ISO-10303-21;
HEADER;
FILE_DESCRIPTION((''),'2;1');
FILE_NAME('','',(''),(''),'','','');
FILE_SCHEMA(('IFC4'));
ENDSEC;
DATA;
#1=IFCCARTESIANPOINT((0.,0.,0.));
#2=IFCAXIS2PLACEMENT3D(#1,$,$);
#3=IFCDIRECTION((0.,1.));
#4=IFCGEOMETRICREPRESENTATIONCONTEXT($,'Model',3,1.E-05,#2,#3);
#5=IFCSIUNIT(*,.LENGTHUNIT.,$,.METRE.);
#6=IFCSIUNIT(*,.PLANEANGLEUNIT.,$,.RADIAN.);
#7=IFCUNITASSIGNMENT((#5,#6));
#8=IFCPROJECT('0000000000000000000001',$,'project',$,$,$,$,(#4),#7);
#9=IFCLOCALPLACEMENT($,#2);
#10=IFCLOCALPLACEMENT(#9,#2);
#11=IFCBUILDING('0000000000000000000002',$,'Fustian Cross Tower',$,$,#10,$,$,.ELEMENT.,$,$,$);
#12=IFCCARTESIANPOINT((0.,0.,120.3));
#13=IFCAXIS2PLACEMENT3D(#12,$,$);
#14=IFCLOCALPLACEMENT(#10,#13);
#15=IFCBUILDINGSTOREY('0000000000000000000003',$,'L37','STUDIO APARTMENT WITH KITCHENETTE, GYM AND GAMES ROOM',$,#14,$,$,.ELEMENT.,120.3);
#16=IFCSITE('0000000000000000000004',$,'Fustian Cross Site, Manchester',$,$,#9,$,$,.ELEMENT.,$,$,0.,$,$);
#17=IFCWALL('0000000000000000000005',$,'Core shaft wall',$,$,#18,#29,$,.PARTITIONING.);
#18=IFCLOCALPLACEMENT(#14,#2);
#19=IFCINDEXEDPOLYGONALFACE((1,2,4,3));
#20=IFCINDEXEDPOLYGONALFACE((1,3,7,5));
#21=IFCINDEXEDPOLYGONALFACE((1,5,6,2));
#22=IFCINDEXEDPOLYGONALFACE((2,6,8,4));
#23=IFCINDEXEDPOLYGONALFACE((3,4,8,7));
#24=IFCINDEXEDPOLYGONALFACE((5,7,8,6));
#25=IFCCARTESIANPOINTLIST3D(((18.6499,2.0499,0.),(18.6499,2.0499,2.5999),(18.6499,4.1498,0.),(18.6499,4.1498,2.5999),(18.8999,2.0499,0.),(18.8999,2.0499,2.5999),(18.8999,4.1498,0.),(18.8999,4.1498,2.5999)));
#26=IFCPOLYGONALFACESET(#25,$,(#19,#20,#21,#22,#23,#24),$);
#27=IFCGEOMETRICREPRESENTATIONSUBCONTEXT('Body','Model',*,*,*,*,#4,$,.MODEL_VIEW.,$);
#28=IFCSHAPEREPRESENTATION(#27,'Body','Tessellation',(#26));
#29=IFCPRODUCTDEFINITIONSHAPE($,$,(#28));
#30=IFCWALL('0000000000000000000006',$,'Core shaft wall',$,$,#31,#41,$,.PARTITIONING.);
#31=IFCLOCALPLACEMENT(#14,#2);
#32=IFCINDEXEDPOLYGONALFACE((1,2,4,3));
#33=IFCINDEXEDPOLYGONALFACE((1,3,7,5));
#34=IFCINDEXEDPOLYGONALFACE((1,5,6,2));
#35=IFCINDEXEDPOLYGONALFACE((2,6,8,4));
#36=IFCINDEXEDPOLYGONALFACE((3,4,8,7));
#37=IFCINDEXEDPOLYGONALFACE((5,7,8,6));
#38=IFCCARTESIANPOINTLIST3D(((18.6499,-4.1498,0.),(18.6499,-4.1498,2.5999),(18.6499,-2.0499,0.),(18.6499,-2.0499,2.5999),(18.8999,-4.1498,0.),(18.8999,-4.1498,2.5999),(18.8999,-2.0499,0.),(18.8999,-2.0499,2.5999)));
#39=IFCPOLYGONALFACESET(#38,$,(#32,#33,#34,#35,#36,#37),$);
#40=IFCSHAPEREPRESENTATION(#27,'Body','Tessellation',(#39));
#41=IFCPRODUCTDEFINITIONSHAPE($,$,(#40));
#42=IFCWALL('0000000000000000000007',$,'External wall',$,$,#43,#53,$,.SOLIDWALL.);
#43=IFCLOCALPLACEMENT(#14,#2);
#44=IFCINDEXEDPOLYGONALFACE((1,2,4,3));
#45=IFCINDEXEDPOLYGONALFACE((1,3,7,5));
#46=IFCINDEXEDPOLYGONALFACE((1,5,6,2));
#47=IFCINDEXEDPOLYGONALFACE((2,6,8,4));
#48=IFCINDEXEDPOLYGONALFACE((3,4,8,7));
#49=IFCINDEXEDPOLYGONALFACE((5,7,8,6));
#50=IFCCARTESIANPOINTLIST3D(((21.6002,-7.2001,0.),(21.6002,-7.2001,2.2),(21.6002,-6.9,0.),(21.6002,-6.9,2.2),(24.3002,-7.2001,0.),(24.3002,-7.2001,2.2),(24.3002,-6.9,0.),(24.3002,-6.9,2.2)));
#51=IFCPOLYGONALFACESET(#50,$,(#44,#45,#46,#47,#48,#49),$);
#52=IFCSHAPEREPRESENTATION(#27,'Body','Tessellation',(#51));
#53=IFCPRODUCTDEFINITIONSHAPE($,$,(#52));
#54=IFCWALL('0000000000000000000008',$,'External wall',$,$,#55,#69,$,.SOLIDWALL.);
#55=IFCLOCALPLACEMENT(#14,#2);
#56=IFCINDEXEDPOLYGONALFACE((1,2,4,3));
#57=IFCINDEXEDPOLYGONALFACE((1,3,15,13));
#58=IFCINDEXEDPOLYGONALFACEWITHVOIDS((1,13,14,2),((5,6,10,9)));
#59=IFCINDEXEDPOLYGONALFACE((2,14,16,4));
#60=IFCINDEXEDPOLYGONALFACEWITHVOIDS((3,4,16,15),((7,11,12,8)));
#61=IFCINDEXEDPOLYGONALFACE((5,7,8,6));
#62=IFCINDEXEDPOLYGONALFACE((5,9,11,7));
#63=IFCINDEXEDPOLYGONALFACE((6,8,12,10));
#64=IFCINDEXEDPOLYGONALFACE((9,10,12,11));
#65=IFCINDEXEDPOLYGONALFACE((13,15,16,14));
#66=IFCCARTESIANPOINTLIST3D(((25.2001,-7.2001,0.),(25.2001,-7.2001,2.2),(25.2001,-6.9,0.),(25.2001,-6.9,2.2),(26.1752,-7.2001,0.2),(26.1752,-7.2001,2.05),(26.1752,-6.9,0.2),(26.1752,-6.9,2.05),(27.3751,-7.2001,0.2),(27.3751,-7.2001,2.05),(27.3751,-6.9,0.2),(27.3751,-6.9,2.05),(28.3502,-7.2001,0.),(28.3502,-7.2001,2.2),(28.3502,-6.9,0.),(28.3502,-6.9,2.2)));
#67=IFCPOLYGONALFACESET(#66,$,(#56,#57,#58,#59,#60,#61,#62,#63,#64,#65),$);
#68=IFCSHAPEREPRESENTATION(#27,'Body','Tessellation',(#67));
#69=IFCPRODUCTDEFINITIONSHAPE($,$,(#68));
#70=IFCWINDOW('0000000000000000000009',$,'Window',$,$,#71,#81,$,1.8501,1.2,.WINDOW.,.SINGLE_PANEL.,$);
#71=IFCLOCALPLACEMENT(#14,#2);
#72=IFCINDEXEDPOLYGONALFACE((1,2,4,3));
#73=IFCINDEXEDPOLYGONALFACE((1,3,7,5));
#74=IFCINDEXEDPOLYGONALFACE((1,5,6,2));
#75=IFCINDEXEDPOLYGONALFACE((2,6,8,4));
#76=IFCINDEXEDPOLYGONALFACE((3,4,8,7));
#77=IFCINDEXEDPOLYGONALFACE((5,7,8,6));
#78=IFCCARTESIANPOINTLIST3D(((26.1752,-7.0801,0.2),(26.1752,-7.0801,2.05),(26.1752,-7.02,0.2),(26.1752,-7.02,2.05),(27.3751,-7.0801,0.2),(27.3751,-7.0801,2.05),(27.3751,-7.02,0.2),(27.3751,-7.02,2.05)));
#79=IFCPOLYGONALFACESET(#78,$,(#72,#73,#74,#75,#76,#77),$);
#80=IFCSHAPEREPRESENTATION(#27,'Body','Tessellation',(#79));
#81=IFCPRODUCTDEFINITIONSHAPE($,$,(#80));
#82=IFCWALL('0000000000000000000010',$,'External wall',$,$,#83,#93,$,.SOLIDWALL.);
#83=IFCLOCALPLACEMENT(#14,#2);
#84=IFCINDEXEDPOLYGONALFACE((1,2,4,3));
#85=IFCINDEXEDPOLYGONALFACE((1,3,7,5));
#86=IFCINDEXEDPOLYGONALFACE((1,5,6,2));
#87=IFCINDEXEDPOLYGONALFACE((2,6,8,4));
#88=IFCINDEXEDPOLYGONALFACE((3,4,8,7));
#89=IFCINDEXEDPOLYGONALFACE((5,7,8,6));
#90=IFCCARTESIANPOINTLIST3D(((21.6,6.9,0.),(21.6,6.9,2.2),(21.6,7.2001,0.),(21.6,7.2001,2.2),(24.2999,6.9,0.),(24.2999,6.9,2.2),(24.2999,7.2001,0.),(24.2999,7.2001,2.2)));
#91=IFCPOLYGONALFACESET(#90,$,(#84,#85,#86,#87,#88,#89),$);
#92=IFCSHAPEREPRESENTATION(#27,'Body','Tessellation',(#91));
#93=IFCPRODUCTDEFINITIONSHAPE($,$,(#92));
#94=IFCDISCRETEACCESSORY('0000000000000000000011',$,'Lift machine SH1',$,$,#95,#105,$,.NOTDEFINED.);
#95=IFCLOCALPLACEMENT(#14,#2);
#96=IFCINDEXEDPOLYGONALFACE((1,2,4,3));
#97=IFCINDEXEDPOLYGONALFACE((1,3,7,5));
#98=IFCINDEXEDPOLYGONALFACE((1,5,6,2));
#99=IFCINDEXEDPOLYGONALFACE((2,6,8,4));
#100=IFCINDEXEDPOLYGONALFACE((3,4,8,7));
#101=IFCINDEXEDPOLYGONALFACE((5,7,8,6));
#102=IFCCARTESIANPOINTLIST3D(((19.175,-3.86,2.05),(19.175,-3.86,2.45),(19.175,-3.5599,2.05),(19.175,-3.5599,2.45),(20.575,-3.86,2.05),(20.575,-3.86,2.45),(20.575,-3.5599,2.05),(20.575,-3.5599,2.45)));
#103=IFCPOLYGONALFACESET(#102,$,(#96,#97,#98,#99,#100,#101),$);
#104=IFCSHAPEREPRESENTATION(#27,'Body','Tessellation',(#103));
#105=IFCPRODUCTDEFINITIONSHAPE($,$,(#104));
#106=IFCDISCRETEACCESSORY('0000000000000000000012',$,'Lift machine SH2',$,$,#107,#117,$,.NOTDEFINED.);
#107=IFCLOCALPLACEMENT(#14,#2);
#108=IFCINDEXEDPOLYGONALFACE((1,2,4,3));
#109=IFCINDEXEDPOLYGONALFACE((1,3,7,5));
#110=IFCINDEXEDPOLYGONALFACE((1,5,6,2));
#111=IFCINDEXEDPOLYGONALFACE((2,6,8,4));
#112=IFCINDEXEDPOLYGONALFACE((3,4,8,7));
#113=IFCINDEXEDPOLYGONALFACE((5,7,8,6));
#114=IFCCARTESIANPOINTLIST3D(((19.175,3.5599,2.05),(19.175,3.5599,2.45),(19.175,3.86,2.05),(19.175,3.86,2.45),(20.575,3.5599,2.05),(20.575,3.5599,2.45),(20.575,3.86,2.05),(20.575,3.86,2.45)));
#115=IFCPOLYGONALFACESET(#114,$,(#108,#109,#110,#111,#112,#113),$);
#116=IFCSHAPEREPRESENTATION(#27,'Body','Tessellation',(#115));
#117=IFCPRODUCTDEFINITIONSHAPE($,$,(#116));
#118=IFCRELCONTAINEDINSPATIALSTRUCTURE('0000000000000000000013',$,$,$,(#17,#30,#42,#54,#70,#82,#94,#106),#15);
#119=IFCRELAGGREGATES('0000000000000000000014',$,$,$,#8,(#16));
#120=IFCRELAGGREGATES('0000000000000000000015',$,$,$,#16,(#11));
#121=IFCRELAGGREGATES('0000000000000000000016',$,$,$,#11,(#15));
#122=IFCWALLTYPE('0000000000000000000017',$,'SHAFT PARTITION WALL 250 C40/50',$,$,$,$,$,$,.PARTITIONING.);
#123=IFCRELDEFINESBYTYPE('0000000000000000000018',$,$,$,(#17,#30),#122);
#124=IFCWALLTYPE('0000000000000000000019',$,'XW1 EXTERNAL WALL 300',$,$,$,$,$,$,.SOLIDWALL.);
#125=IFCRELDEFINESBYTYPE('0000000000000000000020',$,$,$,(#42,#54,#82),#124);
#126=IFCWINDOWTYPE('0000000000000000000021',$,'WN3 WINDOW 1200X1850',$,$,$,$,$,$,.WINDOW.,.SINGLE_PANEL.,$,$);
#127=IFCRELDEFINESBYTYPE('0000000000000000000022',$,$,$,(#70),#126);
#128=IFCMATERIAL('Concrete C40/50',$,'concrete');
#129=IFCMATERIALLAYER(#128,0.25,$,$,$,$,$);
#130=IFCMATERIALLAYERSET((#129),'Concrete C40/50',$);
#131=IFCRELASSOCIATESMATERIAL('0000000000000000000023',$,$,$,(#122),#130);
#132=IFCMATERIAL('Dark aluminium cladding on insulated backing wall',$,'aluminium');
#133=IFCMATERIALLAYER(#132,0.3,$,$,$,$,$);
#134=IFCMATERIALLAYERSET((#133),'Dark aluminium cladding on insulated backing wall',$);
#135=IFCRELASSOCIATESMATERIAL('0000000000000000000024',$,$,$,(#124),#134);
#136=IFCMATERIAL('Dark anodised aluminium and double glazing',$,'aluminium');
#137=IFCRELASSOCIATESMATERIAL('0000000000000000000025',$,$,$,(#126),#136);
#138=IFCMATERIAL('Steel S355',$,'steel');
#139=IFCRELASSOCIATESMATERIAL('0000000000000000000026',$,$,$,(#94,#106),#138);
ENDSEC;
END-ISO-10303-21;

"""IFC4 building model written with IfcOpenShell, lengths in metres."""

from ifc_helpers import new_model, si_unit, direction, frame, frame_2d, origin, origin_2d, place, context, subcontext, project, spatial, rectangle, extrude, material, layer, layer_set, type_object, element, fill, save


model = new_model("IFC4")

# Units and contexts
model_context = context("Model", 3, precision=1e-05, world=origin(), true_north=direction((0.0, 1.0)))
body_context = subcontext(model_context, "Body", "Model", "MODEL_VIEW")
ifc_project = project(units=[si_unit("LENGTHUNIT", "METRE"), si_unit("PLANEANGLEUNIT", "RADIAN")], contexts=[model_context])

# Site, building, storey
site_placement = place(None, origin())
site = spatial("IfcSite", under=ifc_project, at=site_placement, Name="Fustian Cross Site, Manchester", CompositionType="ELEMENT", RefElevation=0.0)
building_placement = place(site_placement, origin())
building = spatial("IfcBuilding", under=site, at=building_placement, Name="Fustian Cross Tower", CompositionType="ELEMENT")
storey_placement = place(building_placement, frame((0.0, 0.0, 120.3)))
storey = spatial("IfcBuildingStorey", under=building, at=storey_placement, Name="L37", Description="STUDIO APARTMENT WITH KITCHENETTE, GYM AND GAMES ROOM", CompositionType="ELEMENT", Elevation=120.3)

# Walls
ifc_material_1 = material(Name="Concrete C40/50", Category="concrete")
ifc_layer_1 = layer(ifc_material_1, 0.25)
ifc_layer_set_1 = layer_set([ifc_layer_1], Name="Concrete C40/50")
wall_type_1 = type_object("IfcWallType", Name="SHAFT PARTITION WALL 250 C40/50", PredefinedType="PARTITIONING", material=ifc_layer_set_1)
for number, where, z_axis, x_axis, name in (
    (1, (18.7749, 2.05, 0.0), (0.0, 0.0, 1.0), (0.0, 1.0, 0.0), "Core shaft wall"),
    (2, (18.7749, -2.05, 0.0), (0.0, 0.0, 1.0), (0.0, -1.0, 0.0), "Core shaft wall"),
):
    element("IfcWall", number, at=place(storey_placement, frame(where, z_axis=z_axis, x_axis=x_axis)), inside=storey, type_object=wall_type_1, Name=name, PredefinedType="PARTITIONING", context=body_context, shape_type="SweptSolid", body=[
        extrude(rectangle(XDim=2.0999, YDim=0.25, at=frame_2d((1.0498, 0.0))), origin(), (0.0, 0.0, 1.0), 2.5999),
    ])
ifc_material_2 = material(Name="Dark aluminium cladding on insulated backing wall", Category="aluminium")
ifc_layer_2 = layer(ifc_material_2, 0.3)
ifc_layer_set_2 = layer_set([ifc_layer_2], Name="Dark aluminium cladding on insulated backing wall")
wall_type_2 = type_object("IfcWallType", Name="XW1 EXTERNAL WALL 300", PredefinedType="SOLIDWALL", material=ifc_layer_set_2)
wall_1_placement = place(storey_placement, frame((21.6001, -7.05, 0.0), z_axis=(0.0, 0.0, 1.0), x_axis=(1.0, 0.0, 0.0)))
element("IfcWall", 3, at=wall_1_placement, inside=storey, type_object=wall_type_2, Name="External wall", PredefinedType="SOLIDWALL", context=body_context, shape_type="SweptSolid", body=[
    extrude(rectangle(XDim=2.7, YDim=0.3, at=frame_2d((1.3501, 0.0))), origin(), (0.0, 0.0, 1.0), 2.2),
])

# Wall, opening, window
wall_2_placement = place(storey_placement, frame((25.2, -7.05, 0.0), z_axis=(0.0, 0.0, 1.0), x_axis=(1.0, 0.0, 0.0)))
wall_2 = element("IfcWall", 4, at=wall_2_placement, inside=storey, type_object=wall_type_2, Name="External wall", PredefinedType="SOLIDWALL", context=body_context, shape_type="SweptSolid", body=[
    extrude(rectangle(XDim=3.1501, YDim=0.3, at=frame_2d((1.5752, 0.0))), origin(), (0.0, 0.0, 1.0), 2.2),
])
opening_1_placement = place(wall_2_placement, frame((0.9751, 0.0, 0.2)))
opening_1 = element("IfcOpeningElement", 5, at=opening_1_placement, cuts=wall_2, PredefinedType="OPENING", context=body_context, shape_type="SweptSolid", body=[
    extrude(rectangle(XDim=1.2, YDim=1.8501, at=frame_2d((0.6001, 0.925))), frame((0.0, 0.1599, 0.0), z_axis=(0.0, -1.0, 0.0), x_axis=(1.0, 0.0, 0.0)), (0.0, 0.0, 1.0), 0.3201),
])
ifc_material_3 = material(Name="Dark anodised aluminium and double glazing", Category="aluminium")
window_type = type_object("IfcWindowType", Name="WN3 WINDOW 1200X1850", PartitioningType="SINGLE_PANEL", PredefinedType="WINDOW", material=ifc_material_3)
window_placement = place(opening_1_placement, origin())
window = element("IfcWindow", 6, at=window_placement, inside=storey, type_object=window_type, Name="Window", OverallHeight=1.8501, OverallWidth=1.2, PartitioningType="SINGLE_PANEL", PredefinedType="WINDOW", context=body_context, shape_type="SweptSolid", body=[
    extrude(rectangle(XDim=1.2, YDim=1.8501, at=frame_2d((0.6001, 0.925))), frame((0.0, 0.03, 0.0), z_axis=(0.0, -1.0, 0.0), x_axis=(1.0, 0.0, 0.0)), (0.0, 0.0, 1.0), 0.0601),
])
fill(opening_1, window)

# Wall
wall_3_placement = place(storey_placement, frame((24.3, 7.05, 0.0), z_axis=(0.0, 0.0, 1.0), x_axis=(-1.0, 0.0, 0.0)))
element("IfcWall", 7, at=wall_3_placement, inside=storey, type_object=wall_type_2, Name="External wall", PredefinedType="SOLIDWALL", context=body_context, shape_type="SweptSolid", body=[
    extrude(rectangle(XDim=2.7, YDim=0.3, at=frame_2d((1.3501, 0.0))), origin(), (0.0, 0.0, 1.0), 2.2),
])

# Discrete accessories
ifc_material_4 = material(Name="Steel S355", Category="steel")
for number, where, z_axis, x_axis, name in (
    (8, (19.875, -3.71, 2.05), (0.0, 0.0, 1.0), (1.0, 0.0, 0.0), "Lift machine SH1"),
    (9, (19.875, 3.71, 2.05), (0.0, 0.0, 1.0), (1.0, 0.0, 0.0), "Lift machine SH2"),
):
    element("IfcDiscreteAccessory", number, at=place(storey_placement, frame(where, z_axis=z_axis, x_axis=x_axis)), inside=storey, material=ifc_material_4, Name=name, PredefinedType="NOTDEFINED", context=body_context, shape_type="SweptSolid", body=[
        extrude(rectangle(XDim=1.3999, YDim=0.3, at=origin_2d()), origin(), (0.0, 0.0, 1.0), 0.3999),
    ])

save(model, "model.ifc")
